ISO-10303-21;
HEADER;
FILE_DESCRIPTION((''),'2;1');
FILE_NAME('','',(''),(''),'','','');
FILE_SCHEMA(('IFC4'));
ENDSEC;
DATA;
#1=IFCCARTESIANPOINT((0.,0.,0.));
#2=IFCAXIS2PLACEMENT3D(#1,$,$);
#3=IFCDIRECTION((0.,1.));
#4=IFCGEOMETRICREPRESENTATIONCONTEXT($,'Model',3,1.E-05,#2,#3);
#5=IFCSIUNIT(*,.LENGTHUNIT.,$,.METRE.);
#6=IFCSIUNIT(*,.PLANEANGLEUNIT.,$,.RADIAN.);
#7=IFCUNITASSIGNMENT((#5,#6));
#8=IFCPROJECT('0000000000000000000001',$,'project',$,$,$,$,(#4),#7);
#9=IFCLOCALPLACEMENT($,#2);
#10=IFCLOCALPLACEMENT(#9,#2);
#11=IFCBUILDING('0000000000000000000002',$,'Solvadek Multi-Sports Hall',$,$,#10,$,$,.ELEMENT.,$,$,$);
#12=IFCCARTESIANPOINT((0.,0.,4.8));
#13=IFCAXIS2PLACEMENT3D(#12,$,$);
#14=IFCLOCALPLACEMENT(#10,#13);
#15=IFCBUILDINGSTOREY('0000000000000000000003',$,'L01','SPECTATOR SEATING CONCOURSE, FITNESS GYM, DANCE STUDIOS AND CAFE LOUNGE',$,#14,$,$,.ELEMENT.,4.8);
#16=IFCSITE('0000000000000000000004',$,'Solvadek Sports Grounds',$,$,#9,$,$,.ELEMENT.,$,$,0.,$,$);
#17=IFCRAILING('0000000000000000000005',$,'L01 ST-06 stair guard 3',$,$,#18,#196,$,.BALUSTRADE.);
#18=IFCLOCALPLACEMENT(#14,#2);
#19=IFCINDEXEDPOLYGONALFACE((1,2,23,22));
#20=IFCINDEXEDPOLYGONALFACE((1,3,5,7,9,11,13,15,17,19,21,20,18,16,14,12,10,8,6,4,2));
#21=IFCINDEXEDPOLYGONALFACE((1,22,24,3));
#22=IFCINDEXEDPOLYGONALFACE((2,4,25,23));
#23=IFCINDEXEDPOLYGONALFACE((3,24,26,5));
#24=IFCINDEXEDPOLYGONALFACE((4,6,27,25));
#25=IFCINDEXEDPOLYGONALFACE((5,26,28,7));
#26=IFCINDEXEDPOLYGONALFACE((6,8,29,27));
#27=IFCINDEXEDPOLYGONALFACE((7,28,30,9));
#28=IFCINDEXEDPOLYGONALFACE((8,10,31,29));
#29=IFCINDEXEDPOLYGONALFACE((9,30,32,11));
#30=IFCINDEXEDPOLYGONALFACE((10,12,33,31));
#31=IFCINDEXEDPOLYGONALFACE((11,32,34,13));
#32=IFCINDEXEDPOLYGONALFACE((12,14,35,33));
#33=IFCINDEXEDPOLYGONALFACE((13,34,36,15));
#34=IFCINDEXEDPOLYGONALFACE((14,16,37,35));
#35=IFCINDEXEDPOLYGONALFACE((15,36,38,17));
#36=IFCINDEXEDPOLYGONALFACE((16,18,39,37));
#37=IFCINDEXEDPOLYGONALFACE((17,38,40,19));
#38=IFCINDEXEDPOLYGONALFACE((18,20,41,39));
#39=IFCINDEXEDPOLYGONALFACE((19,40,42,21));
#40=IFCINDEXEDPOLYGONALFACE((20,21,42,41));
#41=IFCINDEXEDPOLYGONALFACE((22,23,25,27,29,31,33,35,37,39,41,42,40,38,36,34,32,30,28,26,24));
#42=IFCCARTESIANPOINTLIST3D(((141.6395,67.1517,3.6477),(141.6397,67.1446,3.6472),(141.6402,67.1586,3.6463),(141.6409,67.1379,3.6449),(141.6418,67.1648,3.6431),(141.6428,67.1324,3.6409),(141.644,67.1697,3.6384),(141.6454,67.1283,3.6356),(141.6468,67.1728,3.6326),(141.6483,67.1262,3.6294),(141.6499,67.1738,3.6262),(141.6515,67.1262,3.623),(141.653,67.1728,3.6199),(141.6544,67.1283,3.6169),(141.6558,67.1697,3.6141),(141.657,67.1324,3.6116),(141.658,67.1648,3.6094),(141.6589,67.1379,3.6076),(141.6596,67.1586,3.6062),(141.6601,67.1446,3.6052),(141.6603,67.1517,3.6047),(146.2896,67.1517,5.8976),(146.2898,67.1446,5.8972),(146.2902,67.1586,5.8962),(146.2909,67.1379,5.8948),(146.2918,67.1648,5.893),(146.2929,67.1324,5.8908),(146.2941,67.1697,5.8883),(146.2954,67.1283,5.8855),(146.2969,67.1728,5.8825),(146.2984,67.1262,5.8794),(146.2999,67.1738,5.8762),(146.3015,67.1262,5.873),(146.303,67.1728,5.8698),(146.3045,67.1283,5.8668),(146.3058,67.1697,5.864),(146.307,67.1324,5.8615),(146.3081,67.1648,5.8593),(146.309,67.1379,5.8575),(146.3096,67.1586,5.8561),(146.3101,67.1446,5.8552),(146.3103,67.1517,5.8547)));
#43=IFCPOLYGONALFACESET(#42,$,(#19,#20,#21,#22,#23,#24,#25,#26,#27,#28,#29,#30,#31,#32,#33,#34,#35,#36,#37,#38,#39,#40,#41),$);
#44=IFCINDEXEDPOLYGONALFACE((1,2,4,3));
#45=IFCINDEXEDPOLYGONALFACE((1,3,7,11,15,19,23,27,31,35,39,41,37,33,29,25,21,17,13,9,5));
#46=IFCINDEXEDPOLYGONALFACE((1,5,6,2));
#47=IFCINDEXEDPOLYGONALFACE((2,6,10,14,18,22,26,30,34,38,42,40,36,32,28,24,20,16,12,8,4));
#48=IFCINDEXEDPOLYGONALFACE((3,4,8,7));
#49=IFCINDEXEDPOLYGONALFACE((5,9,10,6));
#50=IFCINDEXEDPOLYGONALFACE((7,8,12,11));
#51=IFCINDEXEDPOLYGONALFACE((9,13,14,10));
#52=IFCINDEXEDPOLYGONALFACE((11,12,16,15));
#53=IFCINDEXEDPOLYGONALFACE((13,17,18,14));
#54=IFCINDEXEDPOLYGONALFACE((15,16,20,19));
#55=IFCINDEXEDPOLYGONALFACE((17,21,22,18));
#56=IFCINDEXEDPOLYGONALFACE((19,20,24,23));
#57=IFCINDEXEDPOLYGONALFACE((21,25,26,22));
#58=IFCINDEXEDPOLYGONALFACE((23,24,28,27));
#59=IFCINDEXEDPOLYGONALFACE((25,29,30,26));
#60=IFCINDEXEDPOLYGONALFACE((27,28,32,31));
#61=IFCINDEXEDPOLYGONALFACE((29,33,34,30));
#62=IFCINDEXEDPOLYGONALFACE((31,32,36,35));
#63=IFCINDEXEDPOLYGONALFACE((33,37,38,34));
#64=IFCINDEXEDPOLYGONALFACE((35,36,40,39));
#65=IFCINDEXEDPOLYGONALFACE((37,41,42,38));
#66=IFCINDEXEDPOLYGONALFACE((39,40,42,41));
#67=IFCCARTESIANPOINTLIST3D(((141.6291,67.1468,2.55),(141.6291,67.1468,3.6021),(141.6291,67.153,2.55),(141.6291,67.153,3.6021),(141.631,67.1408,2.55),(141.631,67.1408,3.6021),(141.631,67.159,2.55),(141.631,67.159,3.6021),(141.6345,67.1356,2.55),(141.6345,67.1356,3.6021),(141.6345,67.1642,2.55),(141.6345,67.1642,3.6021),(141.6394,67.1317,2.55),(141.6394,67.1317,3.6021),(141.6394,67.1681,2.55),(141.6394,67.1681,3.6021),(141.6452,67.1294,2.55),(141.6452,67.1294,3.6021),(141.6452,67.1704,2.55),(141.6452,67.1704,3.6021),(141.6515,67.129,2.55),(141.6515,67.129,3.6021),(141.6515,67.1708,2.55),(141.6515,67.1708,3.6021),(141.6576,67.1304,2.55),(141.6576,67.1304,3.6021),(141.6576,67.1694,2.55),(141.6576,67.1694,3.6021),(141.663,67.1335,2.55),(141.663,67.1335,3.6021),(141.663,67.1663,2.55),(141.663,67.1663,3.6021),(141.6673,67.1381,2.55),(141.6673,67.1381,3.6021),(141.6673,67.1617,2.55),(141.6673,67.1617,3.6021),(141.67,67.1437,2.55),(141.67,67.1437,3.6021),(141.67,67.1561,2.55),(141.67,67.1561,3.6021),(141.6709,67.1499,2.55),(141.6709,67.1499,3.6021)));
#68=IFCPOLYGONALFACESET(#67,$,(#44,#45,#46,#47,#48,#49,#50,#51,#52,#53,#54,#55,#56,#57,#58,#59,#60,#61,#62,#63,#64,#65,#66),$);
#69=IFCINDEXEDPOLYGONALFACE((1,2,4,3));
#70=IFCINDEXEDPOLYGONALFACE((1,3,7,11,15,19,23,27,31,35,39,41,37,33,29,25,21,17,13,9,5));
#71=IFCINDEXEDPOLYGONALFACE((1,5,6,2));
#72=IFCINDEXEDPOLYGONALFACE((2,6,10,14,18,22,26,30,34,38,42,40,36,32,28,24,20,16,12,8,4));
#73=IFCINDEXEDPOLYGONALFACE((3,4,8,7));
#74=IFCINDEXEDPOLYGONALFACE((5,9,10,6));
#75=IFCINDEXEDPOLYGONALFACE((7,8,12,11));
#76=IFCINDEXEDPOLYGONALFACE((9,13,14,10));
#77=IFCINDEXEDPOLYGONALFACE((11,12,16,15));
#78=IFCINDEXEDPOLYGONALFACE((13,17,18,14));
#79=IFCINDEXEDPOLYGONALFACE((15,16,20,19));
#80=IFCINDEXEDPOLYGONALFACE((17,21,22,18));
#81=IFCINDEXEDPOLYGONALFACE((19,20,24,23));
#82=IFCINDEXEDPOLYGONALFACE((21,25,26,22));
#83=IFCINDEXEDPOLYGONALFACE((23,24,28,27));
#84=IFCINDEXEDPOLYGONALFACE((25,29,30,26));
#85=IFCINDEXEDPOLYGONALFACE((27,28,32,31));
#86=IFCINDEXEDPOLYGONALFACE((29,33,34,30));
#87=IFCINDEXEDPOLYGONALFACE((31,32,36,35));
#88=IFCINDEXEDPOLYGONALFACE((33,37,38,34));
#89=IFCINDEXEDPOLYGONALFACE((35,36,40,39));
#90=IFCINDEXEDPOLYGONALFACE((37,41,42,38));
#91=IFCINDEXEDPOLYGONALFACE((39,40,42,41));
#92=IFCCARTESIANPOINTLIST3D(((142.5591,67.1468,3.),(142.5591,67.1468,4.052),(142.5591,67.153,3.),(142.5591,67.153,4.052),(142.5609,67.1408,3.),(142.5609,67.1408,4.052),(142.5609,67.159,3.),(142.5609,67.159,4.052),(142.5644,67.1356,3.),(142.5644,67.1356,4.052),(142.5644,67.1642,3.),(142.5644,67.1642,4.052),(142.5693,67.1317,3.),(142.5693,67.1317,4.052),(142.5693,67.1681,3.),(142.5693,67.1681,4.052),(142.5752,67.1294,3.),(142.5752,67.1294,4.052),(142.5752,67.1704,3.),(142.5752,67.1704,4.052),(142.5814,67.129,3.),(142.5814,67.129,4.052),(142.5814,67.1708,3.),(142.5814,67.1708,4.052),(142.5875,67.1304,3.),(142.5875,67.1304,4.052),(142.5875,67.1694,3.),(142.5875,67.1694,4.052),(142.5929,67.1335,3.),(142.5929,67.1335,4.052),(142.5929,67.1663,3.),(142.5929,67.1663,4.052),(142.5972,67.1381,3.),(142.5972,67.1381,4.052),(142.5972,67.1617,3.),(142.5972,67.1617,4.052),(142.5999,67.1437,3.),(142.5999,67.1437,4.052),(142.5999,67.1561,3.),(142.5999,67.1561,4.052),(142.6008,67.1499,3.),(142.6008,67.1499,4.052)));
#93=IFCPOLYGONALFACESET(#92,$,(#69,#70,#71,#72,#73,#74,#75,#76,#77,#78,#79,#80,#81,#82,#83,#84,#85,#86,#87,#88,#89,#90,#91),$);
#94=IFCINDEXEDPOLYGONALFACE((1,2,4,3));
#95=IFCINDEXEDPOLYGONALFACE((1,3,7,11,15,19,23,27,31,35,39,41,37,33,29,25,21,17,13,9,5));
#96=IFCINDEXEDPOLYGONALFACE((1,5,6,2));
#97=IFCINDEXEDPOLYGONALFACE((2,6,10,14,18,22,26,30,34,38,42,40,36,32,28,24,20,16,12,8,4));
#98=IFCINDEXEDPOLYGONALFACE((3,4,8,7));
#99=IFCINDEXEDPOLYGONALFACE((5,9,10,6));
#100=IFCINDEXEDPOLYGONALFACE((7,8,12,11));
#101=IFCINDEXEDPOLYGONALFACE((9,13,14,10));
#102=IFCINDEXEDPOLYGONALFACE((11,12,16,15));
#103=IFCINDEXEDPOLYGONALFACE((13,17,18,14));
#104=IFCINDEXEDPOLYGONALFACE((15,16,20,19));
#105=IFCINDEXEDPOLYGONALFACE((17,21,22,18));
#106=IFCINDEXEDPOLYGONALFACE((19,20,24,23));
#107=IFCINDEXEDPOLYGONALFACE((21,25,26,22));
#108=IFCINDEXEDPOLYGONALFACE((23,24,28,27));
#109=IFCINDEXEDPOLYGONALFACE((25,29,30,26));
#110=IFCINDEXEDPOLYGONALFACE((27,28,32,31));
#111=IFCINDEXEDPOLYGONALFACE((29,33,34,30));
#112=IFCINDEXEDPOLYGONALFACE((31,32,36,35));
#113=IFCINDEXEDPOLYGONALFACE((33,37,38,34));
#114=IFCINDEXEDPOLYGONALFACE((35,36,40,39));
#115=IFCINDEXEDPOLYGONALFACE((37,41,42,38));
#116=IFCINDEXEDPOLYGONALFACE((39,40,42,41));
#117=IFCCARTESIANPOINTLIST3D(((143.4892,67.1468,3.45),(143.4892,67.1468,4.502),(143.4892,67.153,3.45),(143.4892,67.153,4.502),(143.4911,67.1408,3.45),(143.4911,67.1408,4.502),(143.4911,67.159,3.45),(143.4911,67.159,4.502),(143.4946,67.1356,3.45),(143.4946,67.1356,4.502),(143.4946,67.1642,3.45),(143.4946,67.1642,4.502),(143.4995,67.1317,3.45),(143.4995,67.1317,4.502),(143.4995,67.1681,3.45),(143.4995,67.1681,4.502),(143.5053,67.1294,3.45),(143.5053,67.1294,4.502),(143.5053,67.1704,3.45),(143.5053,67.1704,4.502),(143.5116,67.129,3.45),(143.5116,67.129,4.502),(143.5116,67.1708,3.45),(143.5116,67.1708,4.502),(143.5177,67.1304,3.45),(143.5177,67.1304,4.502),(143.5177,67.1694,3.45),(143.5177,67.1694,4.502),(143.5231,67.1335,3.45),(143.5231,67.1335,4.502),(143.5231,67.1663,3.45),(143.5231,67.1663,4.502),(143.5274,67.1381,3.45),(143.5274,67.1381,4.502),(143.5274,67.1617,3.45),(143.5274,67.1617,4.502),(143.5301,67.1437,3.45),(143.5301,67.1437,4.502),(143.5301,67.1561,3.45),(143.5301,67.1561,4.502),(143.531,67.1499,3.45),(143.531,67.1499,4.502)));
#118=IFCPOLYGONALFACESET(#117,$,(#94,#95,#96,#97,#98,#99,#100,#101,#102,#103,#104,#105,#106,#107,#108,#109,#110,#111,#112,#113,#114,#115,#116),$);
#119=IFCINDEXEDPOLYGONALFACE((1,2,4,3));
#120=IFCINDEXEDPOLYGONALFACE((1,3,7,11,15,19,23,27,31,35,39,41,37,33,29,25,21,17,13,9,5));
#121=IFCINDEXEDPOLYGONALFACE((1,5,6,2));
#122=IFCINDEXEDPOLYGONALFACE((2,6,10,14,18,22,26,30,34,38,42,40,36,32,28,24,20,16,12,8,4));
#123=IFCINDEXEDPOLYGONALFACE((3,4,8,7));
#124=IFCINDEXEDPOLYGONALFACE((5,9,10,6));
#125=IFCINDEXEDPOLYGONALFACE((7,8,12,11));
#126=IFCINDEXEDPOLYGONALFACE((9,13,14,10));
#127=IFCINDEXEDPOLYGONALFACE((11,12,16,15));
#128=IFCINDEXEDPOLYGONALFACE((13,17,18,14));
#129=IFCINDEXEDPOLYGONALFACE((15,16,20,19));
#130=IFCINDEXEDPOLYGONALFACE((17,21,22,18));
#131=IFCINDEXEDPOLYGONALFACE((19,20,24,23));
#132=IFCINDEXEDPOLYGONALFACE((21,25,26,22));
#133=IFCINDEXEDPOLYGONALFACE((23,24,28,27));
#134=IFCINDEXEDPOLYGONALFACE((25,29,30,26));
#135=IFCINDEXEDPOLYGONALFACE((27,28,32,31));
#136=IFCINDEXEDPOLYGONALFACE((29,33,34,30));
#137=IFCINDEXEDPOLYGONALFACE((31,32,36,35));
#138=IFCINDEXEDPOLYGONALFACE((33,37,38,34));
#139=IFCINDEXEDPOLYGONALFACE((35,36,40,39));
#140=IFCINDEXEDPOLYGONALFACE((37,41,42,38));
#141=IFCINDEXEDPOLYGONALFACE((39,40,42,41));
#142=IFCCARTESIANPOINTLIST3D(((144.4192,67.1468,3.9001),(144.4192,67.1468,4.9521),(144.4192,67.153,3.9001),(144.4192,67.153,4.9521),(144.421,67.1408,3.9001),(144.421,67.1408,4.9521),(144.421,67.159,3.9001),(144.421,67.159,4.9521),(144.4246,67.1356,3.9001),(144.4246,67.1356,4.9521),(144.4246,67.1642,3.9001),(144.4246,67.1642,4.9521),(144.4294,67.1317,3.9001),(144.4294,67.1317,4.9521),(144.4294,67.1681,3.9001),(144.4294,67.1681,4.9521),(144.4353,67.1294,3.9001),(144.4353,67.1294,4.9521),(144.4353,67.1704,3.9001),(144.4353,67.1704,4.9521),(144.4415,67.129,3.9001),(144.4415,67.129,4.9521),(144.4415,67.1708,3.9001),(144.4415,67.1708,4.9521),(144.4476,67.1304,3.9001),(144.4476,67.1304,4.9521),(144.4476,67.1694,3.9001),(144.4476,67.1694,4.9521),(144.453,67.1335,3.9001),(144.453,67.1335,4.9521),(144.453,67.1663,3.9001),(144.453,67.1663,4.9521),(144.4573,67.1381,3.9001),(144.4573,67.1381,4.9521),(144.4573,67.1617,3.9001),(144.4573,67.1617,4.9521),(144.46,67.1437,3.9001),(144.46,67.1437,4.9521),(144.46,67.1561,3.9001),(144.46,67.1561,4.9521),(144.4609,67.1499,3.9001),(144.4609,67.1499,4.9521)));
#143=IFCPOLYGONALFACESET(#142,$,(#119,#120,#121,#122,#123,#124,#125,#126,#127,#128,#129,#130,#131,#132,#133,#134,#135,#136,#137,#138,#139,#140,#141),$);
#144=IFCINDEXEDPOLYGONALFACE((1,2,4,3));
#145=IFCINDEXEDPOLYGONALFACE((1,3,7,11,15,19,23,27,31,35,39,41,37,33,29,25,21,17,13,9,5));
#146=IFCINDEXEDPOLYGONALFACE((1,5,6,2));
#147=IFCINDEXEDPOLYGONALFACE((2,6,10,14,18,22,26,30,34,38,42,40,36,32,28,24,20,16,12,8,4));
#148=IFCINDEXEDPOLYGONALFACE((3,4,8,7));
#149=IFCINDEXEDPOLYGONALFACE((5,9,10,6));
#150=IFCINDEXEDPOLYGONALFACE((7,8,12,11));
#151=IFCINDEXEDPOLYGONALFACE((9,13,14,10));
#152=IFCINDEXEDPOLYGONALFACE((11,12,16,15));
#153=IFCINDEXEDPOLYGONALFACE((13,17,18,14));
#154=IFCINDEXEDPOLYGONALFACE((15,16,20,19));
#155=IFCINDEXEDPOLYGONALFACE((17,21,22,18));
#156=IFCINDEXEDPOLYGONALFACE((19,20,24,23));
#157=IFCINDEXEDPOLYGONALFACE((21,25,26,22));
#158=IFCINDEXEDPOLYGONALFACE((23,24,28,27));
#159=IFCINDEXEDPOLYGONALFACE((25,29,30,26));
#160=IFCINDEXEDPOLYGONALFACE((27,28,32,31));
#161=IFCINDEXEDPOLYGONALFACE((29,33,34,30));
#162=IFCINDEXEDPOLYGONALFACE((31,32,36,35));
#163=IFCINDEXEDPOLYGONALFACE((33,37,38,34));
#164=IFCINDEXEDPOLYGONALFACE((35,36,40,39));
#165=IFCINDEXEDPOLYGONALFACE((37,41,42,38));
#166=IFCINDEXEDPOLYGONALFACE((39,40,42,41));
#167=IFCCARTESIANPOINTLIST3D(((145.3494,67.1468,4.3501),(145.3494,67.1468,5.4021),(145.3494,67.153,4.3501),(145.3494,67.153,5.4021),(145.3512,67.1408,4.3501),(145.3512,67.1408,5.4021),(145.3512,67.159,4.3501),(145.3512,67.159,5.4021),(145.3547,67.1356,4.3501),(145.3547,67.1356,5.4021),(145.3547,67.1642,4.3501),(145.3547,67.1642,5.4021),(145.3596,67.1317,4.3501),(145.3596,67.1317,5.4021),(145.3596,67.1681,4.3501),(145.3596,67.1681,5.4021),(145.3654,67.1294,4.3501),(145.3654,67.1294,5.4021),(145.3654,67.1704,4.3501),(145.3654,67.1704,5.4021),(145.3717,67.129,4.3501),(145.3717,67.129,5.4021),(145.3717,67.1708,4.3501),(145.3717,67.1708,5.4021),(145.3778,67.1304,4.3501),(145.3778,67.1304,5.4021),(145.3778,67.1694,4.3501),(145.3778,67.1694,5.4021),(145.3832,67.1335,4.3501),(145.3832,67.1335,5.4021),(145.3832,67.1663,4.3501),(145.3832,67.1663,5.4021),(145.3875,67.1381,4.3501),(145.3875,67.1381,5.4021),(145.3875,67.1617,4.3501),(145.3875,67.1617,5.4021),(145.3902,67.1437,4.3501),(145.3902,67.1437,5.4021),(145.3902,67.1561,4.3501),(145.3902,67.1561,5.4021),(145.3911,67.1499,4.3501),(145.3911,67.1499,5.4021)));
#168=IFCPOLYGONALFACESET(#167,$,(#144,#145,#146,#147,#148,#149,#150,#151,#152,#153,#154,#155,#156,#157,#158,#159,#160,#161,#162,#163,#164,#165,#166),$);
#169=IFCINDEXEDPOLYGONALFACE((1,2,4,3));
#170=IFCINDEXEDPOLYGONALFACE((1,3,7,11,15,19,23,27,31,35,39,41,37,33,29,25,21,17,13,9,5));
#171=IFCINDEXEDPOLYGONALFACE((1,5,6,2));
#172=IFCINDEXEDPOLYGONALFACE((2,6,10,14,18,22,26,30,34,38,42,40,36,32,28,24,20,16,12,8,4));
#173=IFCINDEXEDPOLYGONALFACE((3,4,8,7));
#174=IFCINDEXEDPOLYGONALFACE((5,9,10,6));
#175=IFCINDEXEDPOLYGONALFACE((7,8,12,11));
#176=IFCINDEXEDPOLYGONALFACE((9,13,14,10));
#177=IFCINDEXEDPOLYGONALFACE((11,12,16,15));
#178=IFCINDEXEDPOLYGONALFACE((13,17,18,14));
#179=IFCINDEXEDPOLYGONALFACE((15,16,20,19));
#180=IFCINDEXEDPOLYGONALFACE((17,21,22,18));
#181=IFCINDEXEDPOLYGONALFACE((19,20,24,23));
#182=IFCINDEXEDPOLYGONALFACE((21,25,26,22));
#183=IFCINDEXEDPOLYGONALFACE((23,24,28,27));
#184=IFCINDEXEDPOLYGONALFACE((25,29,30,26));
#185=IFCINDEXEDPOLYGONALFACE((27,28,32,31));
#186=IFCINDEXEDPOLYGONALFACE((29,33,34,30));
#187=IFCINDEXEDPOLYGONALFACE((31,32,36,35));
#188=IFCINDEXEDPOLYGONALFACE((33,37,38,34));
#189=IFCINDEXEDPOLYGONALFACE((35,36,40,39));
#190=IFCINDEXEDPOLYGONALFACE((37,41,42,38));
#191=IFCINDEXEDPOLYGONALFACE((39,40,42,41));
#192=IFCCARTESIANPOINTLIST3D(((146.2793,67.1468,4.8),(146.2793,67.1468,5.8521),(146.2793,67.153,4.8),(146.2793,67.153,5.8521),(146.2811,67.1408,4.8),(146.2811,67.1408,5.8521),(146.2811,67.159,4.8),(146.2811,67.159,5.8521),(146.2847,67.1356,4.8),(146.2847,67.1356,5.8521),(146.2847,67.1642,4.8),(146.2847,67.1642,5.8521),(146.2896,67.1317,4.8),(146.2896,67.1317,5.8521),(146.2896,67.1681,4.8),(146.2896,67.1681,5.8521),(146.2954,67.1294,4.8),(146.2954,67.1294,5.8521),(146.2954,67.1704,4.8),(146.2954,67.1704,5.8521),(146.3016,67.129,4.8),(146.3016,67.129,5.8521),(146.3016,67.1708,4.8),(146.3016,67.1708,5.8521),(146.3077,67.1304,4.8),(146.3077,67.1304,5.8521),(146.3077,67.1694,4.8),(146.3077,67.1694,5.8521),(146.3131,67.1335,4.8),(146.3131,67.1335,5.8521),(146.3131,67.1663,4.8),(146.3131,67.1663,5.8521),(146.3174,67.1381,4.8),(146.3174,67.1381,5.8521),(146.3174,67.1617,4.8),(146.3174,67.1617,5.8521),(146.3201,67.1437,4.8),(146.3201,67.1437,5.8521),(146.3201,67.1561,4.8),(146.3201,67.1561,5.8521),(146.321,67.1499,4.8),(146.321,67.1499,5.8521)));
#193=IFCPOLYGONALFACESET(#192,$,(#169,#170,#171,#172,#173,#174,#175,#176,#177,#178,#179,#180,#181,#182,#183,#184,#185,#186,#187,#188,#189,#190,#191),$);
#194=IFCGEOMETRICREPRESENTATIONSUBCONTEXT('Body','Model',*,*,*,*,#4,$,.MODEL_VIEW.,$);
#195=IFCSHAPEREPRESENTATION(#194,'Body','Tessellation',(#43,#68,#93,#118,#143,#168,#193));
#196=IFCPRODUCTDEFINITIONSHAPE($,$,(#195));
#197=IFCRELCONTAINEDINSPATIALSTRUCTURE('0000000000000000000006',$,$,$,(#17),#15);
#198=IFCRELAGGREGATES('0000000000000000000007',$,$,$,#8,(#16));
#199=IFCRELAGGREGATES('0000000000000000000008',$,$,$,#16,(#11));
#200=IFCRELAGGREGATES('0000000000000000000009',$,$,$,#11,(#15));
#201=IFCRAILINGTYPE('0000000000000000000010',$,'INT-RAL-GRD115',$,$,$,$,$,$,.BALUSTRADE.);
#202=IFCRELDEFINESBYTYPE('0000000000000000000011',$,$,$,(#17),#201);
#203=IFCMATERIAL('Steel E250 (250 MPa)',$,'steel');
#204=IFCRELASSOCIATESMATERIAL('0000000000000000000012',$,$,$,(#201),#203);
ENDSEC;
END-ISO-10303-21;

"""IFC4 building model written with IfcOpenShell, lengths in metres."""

from ifc_helpers import new_model, si_unit, direction, frame, origin, origin_2d, place, context, subcontext, project, spatial, circle, extrude, material, type_object, element, save


model = new_model("IFC4")

# Units and contexts
model_context = context("Model", 3, precision=1e-05, world=origin(), true_north=direction((0.0, 1.0)))
body_context = subcontext(model_context, "Body", "Model", "MODEL_VIEW")
ifc_project = project(units=[si_unit("LENGTHUNIT", "METRE"), si_unit("PLANEANGLEUNIT", "RADIAN")], contexts=[model_context])

# Site, building, storey
site_placement = place(None, origin())
site = spatial("IfcSite", under=ifc_project, at=site_placement, Name="Solvadek Sports Grounds", CompositionType="ELEMENT", RefElevation=0.0)
building_placement = place(site_placement, origin())
building = spatial("IfcBuilding", under=site, at=building_placement, Name="Solvadek Multi-Sports Hall", CompositionType="ELEMENT")
storey_placement = place(building_placement, frame((0.0, 0.0, 4.8)))
storey = spatial("IfcBuildingStorey", under=building, at=storey_placement, Name="L01", Description="SPECTATOR SEATING CONCOURSE, FITNESS GYM, DANCE STUDIOS AND CAFE LOUNGE", CompositionType="ELEMENT", Elevation=4.8)

# Shared definitions
ifc_material_1 = material(Name="Steel E250 (250 MPa)", Category="steel")

# Railing
railing_type_1 = type_object("IfcRailingType", Name="INT-RAL-GRD115", PredefinedType="BALUSTRADE", material=ifc_material_1)
railing_1_placement = place(storey_placement, frame((141.6499, 67.1499, 2.55)))
element("IfcRailing", 1, at=railing_1_placement, inside=storey, type_object=railing_type_1, Name="L01 ST-06 stair guard 3", PredefinedType="BALUSTRADE", context=body_context, shape_type="SweptSolid", body=[
    extrude(circle(Radius=0.0239, at=origin_2d()), frame((0.0, 0.0, 1.0762), z_axis=(0.900165, 0.0, 0.43555), x_axis=(0.0, 1.0, 0.0)), (0.0, 0.0, 1.0), 5.1658),
    extrude(circle(Radius=0.021, at=origin_2d()), origin(), (0.0, 0.0, 1.0), 1.052),
    extrude(circle(Radius=0.021, at=origin_2d()), frame((0.9299, 0.0, 0.45)), (0.0, 0.0, 1.0), 1.052),
    extrude(circle(Radius=0.021, at=origin_2d()), frame((1.8601, 0.0, 0.8999)), (0.0, 0.0, 1.0), 1.052),
    extrude(circle(Radius=0.021, at=origin_2d()), frame((2.79, 0.0, 1.3501)), (0.0, 0.0, 1.0), 1.052),
    extrude(circle(Radius=0.021, at=origin_2d()), frame((3.7202, 0.0, 1.8)), (0.0, 0.0, 1.0), 1.052),
    extrude(circle(Radius=0.021, at=origin_2d()), frame((4.6501, 0.0, 2.25)), (0.0, 0.0, 1.0), 1.052),
])

save(model, "model.ifc")
